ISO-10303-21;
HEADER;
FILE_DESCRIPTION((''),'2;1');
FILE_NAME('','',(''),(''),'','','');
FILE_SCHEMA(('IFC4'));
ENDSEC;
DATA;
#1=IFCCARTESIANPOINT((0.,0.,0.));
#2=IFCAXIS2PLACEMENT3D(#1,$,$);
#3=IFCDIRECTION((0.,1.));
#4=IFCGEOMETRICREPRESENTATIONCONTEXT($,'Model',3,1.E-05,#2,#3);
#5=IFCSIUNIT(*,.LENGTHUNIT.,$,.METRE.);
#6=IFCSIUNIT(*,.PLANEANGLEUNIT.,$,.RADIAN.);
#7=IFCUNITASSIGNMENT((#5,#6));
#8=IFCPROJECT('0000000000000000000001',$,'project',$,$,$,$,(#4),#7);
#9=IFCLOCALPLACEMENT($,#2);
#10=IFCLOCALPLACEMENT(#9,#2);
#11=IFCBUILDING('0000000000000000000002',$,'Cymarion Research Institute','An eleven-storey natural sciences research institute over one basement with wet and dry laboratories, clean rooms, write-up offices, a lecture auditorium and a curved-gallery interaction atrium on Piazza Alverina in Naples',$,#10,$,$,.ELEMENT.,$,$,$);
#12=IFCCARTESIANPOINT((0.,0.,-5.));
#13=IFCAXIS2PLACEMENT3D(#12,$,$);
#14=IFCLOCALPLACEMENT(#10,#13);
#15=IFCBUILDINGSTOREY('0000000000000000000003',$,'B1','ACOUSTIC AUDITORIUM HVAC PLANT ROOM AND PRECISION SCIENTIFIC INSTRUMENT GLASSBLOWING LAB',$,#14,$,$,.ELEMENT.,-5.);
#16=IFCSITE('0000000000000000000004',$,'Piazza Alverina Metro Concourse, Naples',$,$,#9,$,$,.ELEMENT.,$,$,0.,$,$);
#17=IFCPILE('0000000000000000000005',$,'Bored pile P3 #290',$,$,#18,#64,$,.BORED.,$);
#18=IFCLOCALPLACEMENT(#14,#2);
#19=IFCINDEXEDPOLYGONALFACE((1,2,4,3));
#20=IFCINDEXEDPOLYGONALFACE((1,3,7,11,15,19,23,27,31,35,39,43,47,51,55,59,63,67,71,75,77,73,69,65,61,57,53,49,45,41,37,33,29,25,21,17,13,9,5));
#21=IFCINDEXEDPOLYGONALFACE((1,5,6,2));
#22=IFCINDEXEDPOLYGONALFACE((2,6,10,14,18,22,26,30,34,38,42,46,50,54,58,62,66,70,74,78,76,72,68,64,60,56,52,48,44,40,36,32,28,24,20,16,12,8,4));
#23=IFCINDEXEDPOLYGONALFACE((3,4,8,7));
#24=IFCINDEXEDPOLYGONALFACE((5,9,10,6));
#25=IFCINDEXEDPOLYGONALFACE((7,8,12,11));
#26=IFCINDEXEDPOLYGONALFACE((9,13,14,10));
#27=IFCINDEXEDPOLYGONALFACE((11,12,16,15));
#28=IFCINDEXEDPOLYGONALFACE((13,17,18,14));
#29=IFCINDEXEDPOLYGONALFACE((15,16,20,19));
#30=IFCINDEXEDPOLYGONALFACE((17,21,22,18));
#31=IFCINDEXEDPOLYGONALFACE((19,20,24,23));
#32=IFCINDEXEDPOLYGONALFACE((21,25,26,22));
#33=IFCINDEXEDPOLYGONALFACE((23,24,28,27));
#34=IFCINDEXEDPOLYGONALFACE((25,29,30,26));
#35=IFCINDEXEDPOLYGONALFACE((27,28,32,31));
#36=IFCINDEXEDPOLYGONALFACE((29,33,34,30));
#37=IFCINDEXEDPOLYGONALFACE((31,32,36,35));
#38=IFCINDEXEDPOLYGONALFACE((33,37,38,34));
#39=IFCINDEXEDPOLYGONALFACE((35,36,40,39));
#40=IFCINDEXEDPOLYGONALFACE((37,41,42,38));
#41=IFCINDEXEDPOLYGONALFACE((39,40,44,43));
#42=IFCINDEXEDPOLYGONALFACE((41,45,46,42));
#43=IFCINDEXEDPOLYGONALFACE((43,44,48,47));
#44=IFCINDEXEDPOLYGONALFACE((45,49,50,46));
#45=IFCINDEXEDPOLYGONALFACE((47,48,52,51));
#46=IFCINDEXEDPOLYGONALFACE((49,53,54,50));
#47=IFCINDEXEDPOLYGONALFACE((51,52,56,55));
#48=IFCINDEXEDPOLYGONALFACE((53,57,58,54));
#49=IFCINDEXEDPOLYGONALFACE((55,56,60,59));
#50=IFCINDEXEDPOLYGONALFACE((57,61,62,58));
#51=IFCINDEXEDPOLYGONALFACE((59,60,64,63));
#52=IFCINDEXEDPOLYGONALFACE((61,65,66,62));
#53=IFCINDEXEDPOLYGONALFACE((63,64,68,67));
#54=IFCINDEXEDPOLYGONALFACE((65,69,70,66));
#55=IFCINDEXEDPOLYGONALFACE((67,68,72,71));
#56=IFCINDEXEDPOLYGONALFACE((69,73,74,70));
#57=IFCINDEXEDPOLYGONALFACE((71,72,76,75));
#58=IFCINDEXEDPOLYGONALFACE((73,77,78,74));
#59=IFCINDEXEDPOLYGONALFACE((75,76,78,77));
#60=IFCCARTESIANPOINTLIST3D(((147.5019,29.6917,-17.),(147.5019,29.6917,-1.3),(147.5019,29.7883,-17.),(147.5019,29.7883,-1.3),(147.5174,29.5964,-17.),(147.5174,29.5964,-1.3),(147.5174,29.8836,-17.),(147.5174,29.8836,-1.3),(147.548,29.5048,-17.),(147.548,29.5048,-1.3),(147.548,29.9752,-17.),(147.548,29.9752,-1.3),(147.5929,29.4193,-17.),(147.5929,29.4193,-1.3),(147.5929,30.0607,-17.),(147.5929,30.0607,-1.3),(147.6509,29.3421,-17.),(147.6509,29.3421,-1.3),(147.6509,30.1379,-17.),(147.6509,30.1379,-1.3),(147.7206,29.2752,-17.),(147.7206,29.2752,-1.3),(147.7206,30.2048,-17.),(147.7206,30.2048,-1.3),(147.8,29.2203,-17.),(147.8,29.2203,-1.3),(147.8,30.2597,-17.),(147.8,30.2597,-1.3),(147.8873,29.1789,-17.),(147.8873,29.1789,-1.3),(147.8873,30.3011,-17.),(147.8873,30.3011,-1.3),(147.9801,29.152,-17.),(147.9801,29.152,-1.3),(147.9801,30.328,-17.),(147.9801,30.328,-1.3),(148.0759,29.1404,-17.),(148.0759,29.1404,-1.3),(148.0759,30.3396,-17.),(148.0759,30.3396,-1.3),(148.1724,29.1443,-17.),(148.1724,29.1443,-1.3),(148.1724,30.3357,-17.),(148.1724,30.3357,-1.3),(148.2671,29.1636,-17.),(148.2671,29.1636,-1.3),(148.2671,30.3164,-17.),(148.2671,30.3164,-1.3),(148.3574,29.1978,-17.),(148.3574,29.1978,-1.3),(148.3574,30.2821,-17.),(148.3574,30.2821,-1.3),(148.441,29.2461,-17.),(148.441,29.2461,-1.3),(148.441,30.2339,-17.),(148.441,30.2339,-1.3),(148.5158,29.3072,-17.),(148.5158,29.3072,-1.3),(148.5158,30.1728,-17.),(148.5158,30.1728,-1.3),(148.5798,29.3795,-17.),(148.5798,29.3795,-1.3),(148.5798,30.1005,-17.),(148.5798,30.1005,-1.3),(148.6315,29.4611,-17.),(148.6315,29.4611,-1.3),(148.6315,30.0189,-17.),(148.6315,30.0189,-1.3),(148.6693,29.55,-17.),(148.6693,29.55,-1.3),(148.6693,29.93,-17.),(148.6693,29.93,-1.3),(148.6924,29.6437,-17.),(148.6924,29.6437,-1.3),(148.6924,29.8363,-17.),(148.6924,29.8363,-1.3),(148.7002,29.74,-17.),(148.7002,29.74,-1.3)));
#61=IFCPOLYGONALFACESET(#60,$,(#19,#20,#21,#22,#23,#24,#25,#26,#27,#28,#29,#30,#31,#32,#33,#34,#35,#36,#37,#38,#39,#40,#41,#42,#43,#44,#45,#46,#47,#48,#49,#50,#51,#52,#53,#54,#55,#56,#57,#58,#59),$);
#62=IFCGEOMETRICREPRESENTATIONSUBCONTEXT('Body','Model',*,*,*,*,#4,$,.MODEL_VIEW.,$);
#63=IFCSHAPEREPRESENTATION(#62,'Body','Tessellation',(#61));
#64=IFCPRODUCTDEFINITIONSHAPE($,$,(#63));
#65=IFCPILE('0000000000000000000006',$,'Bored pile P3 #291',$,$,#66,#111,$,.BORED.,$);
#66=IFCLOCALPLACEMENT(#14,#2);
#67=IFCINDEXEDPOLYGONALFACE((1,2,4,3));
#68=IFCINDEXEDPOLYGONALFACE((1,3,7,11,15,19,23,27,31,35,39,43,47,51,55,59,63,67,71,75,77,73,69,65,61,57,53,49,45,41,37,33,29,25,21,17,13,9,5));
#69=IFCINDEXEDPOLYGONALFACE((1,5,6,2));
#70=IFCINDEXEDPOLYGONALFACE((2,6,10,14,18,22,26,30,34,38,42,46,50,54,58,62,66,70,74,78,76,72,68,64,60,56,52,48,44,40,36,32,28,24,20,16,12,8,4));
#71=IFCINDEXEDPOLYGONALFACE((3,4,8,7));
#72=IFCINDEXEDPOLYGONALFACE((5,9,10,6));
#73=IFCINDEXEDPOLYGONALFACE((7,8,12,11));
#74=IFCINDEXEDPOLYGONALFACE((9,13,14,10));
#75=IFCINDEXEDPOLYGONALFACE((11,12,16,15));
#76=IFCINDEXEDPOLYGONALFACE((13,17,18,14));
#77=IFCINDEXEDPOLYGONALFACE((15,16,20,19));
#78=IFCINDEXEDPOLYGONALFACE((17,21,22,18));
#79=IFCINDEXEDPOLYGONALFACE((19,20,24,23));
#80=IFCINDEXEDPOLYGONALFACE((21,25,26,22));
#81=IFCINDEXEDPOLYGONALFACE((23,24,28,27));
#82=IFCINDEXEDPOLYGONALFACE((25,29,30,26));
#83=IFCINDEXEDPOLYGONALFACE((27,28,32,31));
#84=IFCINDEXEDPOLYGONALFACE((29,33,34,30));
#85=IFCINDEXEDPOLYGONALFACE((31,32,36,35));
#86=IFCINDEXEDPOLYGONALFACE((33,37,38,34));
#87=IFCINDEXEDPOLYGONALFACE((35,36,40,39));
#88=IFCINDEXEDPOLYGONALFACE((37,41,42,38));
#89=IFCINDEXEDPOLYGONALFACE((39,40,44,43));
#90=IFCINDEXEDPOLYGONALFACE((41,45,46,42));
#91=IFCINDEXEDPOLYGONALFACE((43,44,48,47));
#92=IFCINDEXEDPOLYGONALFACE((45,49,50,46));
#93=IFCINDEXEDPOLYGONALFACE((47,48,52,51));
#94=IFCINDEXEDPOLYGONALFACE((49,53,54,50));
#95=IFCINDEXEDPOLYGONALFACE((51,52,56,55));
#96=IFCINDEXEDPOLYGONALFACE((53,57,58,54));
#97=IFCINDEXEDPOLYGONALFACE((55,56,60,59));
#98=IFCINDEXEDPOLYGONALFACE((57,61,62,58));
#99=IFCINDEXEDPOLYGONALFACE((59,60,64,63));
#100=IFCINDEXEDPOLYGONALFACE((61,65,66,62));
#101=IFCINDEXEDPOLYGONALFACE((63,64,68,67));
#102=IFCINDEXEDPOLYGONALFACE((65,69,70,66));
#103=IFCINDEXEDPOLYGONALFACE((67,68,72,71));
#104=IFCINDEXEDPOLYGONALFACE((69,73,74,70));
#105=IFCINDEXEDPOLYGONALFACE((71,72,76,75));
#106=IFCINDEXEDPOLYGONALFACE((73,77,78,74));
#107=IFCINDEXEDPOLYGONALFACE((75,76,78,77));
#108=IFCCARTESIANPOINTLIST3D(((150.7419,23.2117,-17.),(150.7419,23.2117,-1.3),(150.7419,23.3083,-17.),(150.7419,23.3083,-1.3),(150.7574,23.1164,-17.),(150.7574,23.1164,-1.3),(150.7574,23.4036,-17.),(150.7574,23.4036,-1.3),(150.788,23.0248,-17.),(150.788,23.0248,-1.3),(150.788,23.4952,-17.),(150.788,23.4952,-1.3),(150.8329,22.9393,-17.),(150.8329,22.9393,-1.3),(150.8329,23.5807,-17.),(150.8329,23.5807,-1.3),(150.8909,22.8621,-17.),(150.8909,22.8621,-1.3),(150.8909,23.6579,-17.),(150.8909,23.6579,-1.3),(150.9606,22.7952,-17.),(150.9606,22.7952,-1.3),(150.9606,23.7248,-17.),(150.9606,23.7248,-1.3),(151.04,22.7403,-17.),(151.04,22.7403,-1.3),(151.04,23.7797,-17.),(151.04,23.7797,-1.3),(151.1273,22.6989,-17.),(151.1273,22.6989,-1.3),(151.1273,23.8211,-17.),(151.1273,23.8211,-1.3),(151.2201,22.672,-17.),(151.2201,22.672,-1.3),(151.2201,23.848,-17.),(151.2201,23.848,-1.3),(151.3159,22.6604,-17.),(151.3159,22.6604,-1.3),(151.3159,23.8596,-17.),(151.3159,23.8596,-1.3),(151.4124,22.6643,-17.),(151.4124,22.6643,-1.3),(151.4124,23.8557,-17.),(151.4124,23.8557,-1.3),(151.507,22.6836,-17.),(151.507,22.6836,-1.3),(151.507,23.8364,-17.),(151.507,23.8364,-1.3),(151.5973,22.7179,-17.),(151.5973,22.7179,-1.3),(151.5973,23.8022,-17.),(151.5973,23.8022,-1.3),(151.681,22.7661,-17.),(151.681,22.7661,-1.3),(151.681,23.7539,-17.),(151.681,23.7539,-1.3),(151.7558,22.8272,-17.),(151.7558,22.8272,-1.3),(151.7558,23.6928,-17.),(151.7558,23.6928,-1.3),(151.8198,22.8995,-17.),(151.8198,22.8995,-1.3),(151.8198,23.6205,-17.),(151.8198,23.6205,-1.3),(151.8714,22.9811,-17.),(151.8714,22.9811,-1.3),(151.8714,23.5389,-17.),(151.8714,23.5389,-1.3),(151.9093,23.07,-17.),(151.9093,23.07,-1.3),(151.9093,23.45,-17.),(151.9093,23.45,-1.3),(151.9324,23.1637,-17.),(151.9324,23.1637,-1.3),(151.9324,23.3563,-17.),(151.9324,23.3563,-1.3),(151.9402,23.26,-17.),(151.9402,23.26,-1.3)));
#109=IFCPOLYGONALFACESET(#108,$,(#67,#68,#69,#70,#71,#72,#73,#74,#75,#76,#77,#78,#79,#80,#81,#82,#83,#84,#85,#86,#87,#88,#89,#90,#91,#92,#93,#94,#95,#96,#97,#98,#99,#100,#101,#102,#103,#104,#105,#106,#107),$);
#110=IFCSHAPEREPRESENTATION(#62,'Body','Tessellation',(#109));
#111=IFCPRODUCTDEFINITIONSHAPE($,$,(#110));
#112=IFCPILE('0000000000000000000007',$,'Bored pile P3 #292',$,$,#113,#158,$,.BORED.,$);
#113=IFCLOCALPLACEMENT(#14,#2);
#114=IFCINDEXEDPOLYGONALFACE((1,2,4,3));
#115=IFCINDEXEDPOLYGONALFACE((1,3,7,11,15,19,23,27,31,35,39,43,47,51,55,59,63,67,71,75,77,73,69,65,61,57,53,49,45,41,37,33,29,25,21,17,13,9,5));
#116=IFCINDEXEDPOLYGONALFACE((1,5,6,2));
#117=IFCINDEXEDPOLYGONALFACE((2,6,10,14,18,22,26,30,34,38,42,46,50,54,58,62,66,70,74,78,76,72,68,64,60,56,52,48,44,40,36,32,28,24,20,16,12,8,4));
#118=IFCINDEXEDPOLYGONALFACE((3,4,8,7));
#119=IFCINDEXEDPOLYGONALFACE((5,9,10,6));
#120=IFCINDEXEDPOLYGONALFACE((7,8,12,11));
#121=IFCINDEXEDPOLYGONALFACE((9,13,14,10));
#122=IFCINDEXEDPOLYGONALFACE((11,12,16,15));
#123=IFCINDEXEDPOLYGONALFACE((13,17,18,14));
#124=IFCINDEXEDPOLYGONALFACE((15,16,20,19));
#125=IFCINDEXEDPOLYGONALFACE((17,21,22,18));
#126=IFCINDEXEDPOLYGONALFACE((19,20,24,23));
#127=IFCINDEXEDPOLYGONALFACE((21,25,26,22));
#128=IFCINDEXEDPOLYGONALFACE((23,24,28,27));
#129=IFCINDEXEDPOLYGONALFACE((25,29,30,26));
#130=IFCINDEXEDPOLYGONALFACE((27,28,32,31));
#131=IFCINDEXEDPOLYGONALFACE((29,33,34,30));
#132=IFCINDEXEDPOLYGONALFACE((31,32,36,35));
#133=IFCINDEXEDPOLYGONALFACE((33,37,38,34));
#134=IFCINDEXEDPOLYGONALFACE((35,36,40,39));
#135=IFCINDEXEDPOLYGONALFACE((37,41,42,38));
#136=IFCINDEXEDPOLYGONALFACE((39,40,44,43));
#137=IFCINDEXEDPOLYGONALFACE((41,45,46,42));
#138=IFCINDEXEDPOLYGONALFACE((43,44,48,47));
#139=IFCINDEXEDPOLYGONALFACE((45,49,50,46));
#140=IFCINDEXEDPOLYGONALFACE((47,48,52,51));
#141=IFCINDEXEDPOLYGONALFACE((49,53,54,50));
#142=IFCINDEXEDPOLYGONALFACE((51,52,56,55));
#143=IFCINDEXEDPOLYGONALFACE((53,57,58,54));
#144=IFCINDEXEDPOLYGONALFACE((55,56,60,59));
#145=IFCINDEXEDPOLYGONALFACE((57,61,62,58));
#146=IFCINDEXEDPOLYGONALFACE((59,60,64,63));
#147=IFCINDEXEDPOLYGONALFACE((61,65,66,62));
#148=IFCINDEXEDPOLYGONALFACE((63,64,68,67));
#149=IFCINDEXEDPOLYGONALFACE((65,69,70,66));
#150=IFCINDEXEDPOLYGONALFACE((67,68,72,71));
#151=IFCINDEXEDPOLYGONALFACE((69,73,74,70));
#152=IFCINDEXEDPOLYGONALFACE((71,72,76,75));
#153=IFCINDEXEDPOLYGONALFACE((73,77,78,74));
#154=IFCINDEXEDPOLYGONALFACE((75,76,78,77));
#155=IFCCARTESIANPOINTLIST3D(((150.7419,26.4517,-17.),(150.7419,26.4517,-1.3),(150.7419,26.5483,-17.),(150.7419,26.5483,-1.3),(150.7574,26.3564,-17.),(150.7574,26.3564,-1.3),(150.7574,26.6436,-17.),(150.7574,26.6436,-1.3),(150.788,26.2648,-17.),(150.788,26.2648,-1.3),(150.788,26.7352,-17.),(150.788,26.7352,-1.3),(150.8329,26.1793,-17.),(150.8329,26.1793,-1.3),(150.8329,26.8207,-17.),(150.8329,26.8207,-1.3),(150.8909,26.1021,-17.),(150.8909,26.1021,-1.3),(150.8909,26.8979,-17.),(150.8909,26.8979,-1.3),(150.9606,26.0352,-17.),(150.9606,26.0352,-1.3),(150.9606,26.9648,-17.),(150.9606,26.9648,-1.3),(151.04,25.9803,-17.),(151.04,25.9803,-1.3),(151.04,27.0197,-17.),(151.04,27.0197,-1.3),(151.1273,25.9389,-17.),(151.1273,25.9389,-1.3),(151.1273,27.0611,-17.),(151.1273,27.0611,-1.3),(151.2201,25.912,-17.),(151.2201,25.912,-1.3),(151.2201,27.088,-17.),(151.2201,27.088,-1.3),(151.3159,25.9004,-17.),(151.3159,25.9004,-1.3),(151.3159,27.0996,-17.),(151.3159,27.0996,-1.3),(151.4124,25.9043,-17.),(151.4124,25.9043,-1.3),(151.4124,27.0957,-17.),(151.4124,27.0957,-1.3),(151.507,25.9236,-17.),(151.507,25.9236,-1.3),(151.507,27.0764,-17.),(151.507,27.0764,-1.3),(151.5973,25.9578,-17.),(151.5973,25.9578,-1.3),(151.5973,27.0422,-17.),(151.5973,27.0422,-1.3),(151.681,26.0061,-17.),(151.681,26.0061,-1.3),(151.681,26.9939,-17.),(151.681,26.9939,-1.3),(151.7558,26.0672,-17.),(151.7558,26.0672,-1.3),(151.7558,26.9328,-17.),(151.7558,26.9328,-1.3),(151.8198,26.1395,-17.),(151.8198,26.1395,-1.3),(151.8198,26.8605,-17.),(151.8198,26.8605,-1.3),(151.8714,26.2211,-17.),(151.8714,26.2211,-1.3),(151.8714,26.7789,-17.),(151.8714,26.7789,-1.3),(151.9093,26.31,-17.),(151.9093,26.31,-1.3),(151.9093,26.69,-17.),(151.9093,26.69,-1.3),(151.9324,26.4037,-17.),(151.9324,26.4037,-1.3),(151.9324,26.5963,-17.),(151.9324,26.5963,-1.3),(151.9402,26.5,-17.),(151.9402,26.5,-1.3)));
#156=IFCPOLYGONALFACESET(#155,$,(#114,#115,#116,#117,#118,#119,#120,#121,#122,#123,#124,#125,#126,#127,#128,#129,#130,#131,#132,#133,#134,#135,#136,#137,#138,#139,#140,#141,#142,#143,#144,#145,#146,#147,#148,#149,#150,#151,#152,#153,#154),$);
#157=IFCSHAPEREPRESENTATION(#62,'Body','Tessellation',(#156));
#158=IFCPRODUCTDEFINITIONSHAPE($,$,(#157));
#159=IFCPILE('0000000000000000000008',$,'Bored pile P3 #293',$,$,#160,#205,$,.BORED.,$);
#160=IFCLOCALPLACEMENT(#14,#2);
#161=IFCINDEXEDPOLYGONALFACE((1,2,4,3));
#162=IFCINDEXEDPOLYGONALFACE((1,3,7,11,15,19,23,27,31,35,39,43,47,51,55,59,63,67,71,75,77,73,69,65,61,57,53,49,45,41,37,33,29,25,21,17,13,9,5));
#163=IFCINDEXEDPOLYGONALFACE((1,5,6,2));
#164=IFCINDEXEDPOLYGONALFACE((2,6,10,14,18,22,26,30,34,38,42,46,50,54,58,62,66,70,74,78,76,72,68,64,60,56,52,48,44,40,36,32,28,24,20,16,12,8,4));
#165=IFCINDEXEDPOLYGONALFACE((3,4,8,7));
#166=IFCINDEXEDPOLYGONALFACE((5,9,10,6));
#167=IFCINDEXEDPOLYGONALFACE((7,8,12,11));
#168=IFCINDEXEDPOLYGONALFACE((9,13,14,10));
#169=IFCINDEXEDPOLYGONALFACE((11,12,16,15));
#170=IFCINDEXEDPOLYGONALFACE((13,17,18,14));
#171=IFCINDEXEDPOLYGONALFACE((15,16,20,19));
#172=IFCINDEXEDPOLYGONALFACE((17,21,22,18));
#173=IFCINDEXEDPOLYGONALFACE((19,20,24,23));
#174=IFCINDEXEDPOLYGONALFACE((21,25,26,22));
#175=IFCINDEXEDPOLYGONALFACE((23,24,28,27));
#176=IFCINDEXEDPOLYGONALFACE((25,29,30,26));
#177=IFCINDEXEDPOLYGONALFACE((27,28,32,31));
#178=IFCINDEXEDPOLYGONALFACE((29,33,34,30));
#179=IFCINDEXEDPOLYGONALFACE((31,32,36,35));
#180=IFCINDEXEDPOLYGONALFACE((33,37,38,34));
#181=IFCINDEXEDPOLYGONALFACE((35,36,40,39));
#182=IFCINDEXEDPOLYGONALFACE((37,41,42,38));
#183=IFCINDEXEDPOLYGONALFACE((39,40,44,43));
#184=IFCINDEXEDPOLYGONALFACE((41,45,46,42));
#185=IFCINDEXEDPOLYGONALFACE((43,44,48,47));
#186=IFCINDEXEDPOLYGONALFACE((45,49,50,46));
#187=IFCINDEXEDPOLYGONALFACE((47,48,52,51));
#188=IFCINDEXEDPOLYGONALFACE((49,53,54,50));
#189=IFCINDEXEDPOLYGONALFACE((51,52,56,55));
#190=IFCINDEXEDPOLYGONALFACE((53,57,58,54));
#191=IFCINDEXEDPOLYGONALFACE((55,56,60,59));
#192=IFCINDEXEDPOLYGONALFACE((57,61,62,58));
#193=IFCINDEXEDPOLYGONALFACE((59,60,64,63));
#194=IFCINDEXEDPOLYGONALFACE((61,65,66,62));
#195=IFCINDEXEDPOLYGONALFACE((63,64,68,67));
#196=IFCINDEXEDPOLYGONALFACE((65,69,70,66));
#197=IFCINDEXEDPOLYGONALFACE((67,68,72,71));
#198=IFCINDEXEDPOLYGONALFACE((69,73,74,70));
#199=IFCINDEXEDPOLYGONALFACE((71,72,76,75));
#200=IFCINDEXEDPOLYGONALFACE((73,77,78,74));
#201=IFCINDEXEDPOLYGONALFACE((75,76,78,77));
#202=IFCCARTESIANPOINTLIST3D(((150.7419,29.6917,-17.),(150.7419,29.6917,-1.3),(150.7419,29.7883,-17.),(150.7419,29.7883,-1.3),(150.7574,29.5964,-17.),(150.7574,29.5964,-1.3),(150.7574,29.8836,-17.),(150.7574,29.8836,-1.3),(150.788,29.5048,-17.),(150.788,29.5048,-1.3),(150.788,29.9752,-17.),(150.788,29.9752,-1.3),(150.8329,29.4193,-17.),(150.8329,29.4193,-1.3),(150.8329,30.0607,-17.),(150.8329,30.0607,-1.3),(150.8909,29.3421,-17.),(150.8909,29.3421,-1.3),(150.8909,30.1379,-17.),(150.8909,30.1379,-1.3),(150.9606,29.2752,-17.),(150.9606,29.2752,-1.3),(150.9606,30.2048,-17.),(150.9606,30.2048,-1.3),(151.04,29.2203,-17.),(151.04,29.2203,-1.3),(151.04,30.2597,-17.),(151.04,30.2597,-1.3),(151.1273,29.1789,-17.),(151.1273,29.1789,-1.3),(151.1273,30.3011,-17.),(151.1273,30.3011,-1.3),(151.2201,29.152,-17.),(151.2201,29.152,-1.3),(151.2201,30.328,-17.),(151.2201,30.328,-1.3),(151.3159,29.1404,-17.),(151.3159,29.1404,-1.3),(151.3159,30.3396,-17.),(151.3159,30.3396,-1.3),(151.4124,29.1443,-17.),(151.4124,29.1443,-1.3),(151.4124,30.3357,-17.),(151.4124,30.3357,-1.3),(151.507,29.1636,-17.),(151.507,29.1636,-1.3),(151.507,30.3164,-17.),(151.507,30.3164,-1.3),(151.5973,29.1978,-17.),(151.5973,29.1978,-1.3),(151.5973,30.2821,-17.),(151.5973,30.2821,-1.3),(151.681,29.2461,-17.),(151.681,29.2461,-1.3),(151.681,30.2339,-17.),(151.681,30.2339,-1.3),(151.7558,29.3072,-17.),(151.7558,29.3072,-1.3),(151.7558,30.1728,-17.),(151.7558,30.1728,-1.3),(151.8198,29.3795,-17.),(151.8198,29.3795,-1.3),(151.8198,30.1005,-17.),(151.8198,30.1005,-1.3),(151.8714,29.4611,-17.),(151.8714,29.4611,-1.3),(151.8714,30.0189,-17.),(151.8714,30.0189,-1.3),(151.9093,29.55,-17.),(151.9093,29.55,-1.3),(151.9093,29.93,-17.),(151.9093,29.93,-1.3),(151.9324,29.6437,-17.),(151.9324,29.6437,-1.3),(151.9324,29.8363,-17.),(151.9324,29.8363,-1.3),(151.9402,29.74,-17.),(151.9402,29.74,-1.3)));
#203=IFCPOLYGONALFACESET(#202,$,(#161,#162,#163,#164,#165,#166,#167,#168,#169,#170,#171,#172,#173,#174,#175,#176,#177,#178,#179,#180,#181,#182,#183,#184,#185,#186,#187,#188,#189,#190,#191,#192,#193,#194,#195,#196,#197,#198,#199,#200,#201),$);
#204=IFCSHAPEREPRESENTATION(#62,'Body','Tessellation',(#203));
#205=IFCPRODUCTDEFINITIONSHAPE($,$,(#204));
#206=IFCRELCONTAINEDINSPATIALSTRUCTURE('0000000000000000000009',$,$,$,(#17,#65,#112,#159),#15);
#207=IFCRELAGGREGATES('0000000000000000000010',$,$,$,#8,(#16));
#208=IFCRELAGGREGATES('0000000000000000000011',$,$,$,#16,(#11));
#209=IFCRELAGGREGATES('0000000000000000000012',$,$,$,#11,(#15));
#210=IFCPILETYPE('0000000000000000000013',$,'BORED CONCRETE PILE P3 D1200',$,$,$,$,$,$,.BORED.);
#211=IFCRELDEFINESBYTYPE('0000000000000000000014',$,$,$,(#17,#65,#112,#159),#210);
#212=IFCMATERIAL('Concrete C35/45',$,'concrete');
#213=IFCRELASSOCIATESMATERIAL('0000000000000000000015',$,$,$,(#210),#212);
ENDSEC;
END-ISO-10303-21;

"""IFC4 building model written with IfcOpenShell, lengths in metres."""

from ifc_helpers import new_model, si_unit, direction, frame, origin, origin_2d, place, context, subcontext, project, spatial, circle, extrude, material, material_profile, profile_set, type_object, element, save


model = new_model("IFC4")

# Units and contexts
model_context = context("Model", 3, precision=1e-05, world=origin(), true_north=direction((0.0, 1.0)))
body_context = subcontext(model_context, "Body", "Model", "MODEL_VIEW")
ifc_project = project(units=[si_unit("LENGTHUNIT", "METRE"), si_unit("PLANEANGLEUNIT", "RADIAN")], contexts=[model_context])

# Site, building, storey
site_placement = place(None, origin())
site = spatial("IfcSite", under=ifc_project, at=site_placement, Name="Piazza Alverina Metro Concourse, Naples", CompositionType="ELEMENT", RefElevation=0.0)
building_placement = place(site_placement, origin())
building = spatial("IfcBuilding", under=site, at=building_placement, Name="Cymarion Research Institute", Description="An eleven-storey natural sciences research institute over one basement with wet and dry laboratories, clean rooms, write-up offices, a lecture auditorium and a curved-gallery interaction atrium on Piazza Alverina in Naples", CompositionType="ELEMENT")
storey_placement = place(building_placement, frame((0.0, 0.0, -5.0)))
storey = spatial("IfcBuildingStorey", under=building, at=storey_placement, Name="B1", Description="ACOUSTIC AUDITORIUM HVAC PLANT ROOM AND PRECISION SCIENTIFIC INSTRUMENT GLASSBLOWING LAB", CompositionType="ELEMENT", Elevation=-5.0)

# Piles
ifc_material_1 = material(Name="Concrete C35/45", Category="concrete")
ifc_material_profile_1 = material_profile(ifc_material_1, circle(Radius=0.6001, at=origin_2d()), Name="BORED PILE D1200")
ifc_profile_set_1 = profile_set([ifc_material_profile_1], Name="Concrete C35/45")
pile_type_1 = type_object("IfcPileType", Name="BORED CONCRETE PILE P3 D1200", PredefinedType="BORED", material=ifc_profile_set_1)
for number, where, z_axis, x_axis, name in (
    (1, (148.1001, 29.74, -1.3), (0.0, 0.0, -1.0), (1.0, 0.0, 0.0), "Bored pile P3 #290"),
    (2, (151.3401, 23.26, -1.3), (0.0, 0.0, -1.0), (1.0, 0.0, 0.0), "Bored pile P3 #291"),
    (3, (151.3401, 26.5, -1.3), (0.0, 0.0, -1.0), (1.0, 0.0, 0.0), "Bored pile P3 #292"),
    (4, (151.3401, 29.74, -1.3), (0.0, 0.0, -1.0), (1.0, 0.0, 0.0), "Bored pile P3 #293"),
):
    element("IfcPile", number, at=place(storey_placement, frame(where, z_axis=z_axis, x_axis=x_axis)), inside=storey, type_object=pile_type_1, Name=name, PredefinedType="BORED", context=body_context, shape_type="SweptSolid", body=[
        extrude(circle(Radius=0.6001, at=origin_2d()), origin(), (0.0, 0.0, 1.0), 15.7),
    ])

save(model, "model.ifc")
